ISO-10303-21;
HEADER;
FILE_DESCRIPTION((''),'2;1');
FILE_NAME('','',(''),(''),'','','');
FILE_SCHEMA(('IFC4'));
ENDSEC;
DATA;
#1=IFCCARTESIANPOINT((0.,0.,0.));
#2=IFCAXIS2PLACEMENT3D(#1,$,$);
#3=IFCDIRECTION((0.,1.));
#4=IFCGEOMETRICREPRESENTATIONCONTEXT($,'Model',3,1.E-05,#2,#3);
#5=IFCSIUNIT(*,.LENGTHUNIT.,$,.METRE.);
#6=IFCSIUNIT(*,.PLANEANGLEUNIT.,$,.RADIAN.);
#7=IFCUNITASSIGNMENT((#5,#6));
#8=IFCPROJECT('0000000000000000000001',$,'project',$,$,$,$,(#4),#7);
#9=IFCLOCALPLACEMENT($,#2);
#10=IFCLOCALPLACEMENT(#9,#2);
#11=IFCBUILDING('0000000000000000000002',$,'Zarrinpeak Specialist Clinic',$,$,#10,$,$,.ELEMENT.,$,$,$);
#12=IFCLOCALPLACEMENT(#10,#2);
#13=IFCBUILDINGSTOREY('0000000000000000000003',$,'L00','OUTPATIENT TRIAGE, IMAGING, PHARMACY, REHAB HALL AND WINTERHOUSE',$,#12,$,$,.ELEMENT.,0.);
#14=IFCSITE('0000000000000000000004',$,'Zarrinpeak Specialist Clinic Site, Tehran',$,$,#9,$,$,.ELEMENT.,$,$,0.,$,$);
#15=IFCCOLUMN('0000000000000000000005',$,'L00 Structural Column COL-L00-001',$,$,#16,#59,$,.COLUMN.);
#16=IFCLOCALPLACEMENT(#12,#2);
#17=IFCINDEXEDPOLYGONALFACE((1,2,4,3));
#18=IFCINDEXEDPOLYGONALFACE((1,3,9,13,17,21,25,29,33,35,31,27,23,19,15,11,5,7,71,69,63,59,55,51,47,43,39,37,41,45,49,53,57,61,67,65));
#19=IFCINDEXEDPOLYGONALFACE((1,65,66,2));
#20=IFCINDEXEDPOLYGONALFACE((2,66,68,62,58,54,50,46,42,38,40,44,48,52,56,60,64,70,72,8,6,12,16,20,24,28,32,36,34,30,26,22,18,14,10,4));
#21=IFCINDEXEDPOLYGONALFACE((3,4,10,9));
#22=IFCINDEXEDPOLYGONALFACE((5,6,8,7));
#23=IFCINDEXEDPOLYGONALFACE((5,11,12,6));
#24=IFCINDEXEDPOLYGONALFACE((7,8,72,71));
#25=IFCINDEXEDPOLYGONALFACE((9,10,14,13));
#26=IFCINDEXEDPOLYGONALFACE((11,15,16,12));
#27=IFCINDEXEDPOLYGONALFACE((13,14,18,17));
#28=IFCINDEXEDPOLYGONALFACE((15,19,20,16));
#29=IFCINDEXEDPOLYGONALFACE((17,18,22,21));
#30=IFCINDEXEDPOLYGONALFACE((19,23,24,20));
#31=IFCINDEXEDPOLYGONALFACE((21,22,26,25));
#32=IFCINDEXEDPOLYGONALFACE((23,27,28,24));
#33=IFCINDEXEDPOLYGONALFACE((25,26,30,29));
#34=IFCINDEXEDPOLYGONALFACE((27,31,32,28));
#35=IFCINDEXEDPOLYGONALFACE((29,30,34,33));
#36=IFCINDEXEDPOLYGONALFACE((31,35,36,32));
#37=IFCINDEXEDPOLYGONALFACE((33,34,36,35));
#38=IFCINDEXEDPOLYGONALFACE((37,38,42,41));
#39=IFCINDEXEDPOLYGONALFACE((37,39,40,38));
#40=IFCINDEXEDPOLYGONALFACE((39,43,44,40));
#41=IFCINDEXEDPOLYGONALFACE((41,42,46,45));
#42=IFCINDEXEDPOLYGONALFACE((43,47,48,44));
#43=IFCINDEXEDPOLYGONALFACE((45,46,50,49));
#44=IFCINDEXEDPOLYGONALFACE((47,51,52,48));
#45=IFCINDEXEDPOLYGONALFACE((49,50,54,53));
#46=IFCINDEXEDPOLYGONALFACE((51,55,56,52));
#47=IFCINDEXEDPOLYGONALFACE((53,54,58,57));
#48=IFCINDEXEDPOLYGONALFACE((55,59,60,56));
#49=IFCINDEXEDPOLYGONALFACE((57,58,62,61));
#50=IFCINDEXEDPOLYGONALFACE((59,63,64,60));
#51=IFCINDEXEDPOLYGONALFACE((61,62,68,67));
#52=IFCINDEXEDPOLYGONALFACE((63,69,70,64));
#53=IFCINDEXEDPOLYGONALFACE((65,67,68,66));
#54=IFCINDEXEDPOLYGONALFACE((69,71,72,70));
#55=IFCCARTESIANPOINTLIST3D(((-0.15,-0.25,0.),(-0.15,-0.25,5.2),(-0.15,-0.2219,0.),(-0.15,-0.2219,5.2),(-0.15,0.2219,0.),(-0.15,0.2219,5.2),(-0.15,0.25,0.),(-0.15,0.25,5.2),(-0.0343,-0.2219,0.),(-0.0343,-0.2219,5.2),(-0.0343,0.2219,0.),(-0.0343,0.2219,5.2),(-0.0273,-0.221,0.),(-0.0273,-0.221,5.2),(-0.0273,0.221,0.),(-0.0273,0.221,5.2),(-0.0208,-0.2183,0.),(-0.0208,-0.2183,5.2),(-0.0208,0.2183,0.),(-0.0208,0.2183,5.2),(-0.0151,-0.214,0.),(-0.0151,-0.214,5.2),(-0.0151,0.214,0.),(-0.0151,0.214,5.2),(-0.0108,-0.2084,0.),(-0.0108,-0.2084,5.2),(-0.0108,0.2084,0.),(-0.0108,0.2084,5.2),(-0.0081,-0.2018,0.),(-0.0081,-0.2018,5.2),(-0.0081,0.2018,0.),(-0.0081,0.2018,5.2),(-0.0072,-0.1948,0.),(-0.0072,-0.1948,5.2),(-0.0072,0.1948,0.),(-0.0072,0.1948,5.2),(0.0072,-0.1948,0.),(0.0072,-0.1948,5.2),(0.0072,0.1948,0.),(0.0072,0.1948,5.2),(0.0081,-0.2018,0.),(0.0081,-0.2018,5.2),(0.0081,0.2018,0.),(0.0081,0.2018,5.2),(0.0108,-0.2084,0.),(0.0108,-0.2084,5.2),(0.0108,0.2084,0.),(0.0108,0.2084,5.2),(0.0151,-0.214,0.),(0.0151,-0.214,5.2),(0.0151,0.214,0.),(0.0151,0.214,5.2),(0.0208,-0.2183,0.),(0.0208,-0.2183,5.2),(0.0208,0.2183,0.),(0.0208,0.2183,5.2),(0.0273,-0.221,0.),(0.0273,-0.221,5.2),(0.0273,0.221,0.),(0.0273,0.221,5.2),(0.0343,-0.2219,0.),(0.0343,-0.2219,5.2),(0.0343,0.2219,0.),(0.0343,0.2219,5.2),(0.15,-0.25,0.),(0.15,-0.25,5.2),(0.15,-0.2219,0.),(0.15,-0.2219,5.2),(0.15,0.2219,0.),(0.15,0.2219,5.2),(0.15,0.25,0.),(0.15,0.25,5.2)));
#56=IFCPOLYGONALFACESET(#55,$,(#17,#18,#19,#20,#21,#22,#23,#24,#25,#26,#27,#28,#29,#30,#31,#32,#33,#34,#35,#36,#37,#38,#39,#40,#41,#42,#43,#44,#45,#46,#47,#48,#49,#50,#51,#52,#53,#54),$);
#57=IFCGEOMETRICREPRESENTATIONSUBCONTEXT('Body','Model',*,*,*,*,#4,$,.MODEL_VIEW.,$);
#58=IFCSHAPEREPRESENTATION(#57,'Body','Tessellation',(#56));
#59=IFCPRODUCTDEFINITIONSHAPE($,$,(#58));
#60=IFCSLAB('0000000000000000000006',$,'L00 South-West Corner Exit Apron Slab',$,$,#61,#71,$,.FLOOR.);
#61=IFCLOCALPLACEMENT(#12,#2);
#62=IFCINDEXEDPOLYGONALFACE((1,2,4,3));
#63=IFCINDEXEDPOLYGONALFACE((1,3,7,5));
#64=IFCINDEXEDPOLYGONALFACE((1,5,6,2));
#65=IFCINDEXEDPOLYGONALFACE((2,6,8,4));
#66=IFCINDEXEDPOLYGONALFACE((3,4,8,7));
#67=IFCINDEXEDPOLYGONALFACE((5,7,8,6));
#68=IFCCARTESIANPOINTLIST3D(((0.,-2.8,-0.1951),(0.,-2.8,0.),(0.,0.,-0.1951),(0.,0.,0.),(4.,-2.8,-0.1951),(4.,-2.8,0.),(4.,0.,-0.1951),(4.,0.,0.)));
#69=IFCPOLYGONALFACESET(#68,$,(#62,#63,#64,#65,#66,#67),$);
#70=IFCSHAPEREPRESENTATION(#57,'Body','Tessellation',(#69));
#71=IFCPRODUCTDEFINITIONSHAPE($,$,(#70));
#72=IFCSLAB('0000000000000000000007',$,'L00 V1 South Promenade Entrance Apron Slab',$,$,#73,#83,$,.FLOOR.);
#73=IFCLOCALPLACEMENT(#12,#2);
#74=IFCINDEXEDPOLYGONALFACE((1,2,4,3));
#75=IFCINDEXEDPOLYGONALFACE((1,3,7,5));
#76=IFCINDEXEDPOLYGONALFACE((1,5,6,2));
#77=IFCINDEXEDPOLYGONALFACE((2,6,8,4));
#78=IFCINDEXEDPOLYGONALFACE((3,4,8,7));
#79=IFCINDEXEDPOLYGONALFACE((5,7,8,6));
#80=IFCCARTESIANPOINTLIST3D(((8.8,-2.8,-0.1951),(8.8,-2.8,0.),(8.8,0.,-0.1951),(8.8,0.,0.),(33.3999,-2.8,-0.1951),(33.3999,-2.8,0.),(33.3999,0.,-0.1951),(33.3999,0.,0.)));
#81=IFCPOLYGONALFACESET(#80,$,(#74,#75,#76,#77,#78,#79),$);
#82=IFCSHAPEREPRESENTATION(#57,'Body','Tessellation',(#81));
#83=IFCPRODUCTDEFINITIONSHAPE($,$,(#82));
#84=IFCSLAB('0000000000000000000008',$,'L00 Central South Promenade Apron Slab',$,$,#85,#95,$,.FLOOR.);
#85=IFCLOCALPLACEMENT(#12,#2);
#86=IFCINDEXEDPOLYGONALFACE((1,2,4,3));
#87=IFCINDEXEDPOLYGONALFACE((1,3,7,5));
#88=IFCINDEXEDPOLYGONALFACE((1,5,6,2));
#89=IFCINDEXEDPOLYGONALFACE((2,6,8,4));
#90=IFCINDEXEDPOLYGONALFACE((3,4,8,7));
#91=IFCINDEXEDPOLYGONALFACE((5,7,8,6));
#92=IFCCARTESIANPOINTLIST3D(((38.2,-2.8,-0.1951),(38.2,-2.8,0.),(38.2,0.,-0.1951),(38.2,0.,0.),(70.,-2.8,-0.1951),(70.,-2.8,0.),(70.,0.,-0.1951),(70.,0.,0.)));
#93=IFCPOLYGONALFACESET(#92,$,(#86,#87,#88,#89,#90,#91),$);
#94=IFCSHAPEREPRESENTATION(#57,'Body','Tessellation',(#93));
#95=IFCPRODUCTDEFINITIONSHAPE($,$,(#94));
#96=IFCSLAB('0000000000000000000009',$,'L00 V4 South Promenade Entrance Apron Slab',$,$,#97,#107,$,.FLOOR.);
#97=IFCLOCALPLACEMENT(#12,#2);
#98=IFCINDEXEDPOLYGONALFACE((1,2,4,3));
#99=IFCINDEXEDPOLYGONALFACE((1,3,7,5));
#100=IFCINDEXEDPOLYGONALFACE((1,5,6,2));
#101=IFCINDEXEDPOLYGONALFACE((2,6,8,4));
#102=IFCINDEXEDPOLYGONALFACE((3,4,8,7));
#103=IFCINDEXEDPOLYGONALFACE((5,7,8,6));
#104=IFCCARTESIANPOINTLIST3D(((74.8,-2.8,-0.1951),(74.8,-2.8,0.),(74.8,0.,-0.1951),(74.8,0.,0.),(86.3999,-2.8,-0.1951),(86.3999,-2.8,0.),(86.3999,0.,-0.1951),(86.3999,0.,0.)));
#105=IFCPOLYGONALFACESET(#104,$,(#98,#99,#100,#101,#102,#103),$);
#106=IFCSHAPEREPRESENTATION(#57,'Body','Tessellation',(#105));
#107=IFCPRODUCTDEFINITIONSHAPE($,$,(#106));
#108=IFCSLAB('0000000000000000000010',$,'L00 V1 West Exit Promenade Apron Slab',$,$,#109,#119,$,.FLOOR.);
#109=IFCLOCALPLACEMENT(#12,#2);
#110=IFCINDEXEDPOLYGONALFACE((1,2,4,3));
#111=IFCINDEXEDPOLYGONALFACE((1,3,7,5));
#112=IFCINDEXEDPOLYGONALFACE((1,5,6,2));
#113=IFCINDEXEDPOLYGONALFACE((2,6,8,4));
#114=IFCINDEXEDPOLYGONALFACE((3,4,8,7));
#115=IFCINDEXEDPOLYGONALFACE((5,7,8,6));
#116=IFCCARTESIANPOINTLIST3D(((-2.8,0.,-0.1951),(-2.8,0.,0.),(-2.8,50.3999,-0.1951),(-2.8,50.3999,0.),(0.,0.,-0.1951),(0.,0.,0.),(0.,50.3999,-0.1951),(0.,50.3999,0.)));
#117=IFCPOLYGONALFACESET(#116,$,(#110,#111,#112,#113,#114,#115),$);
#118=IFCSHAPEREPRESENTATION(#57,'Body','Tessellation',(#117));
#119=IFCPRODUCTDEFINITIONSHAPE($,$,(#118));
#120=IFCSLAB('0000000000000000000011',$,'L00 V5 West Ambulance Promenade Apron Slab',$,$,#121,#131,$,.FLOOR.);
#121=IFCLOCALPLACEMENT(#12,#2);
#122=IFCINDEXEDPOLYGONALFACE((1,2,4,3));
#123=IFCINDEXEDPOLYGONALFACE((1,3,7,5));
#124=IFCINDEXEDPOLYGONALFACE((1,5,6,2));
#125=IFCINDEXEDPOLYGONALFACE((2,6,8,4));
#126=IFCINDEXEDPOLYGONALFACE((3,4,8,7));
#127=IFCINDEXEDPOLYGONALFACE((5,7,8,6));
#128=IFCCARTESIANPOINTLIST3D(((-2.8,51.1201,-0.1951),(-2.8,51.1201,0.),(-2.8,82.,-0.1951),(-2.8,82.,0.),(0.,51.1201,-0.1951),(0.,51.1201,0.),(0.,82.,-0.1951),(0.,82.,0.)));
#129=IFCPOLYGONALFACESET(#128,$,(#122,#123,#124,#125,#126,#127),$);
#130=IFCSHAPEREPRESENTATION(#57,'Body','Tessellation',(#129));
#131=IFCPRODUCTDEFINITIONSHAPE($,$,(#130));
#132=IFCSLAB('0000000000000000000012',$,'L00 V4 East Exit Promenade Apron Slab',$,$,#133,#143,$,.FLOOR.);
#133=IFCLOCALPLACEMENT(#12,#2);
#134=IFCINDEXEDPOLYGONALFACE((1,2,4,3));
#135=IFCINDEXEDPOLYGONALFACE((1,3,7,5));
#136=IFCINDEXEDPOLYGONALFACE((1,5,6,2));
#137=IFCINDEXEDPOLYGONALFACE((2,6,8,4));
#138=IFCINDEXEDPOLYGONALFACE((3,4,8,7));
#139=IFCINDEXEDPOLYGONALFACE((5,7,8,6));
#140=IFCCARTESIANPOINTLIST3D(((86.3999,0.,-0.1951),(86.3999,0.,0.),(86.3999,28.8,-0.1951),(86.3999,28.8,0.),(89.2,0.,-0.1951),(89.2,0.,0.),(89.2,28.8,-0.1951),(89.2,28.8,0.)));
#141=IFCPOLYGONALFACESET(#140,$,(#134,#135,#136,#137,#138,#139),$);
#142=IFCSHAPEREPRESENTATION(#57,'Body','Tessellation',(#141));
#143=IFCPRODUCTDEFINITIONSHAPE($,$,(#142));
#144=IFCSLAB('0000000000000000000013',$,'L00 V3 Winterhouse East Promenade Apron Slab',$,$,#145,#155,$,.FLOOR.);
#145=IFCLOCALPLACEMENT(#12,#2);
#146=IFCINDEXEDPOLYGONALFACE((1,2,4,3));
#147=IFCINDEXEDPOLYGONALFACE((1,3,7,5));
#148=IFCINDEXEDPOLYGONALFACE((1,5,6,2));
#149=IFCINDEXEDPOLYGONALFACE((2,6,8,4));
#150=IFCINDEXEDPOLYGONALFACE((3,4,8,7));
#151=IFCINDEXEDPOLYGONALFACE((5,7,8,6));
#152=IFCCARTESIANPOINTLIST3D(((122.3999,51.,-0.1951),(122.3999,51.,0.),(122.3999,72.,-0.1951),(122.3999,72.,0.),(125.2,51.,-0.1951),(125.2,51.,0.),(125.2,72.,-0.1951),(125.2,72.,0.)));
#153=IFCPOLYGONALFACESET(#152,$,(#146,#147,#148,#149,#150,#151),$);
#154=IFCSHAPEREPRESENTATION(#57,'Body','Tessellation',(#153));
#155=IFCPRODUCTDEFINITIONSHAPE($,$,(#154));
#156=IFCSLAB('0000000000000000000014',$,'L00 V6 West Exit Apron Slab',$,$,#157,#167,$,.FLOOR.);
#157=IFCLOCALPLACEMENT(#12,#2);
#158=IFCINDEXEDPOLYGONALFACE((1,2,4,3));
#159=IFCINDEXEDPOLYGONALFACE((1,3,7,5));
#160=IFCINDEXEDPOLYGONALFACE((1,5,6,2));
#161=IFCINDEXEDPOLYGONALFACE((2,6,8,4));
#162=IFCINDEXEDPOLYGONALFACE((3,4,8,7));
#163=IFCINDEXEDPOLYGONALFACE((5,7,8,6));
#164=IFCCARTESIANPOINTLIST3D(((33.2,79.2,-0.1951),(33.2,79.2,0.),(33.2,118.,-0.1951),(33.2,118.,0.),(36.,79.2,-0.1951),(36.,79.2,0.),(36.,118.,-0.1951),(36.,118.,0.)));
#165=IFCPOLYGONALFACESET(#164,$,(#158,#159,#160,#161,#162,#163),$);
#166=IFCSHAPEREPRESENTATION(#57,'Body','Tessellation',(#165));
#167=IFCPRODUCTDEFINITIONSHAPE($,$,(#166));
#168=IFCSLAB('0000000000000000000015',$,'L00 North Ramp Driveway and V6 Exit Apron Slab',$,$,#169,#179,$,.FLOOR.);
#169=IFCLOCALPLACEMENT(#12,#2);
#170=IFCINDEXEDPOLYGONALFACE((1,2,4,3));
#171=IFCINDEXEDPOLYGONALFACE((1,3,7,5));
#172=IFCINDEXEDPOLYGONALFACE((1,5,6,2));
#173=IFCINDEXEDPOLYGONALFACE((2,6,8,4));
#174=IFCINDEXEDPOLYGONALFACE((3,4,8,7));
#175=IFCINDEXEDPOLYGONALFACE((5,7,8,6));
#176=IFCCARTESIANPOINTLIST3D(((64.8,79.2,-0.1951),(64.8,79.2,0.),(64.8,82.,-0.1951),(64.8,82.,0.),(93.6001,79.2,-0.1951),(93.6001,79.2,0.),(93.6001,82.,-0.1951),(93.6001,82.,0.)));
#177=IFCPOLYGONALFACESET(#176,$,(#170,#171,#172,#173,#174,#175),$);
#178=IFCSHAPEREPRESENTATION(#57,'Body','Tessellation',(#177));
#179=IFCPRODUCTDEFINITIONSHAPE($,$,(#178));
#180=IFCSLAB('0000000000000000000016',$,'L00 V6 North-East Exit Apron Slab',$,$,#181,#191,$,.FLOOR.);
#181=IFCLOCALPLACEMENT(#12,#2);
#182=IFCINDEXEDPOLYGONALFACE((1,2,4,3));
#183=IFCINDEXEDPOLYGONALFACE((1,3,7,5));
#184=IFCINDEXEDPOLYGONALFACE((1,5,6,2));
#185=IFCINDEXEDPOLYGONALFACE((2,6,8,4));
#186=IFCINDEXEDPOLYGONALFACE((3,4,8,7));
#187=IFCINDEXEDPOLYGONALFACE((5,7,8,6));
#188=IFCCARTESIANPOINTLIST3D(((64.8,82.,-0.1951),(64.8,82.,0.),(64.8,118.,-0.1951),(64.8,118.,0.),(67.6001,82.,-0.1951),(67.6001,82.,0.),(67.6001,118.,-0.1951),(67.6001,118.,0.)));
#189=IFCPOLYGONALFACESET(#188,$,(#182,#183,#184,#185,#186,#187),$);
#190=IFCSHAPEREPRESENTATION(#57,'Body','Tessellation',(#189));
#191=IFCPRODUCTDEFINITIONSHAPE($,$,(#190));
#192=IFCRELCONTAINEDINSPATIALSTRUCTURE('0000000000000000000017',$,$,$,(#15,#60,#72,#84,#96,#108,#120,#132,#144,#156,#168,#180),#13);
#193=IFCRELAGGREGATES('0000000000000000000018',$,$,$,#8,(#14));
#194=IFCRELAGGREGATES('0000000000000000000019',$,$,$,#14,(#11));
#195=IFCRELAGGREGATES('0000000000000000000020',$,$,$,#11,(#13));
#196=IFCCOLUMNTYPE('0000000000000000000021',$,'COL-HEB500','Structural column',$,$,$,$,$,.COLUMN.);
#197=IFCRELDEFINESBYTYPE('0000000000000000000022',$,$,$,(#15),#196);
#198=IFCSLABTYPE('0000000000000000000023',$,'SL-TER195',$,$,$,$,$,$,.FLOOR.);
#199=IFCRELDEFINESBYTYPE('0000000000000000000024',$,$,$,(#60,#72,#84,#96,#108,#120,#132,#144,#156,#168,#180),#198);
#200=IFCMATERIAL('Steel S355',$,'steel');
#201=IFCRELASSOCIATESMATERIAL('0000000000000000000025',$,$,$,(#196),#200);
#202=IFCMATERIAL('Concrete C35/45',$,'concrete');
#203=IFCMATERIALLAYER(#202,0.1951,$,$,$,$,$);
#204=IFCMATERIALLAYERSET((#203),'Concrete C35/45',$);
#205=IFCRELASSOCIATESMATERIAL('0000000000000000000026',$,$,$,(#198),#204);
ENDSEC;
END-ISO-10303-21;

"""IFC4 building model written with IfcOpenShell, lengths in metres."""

from ifc_helpers import new_model, si_unit, direction, frame, origin, origin_with_axes, origin_2d, place, context, subcontext, project, spatial, polyline, i_section, outline, extrude, material, layer, layer_set, material_profile, profile_set, type_object, element, save


model = new_model("IFC4")

# Units and contexts
model_context = context("Model", 3, precision=1e-05, world=origin(), true_north=direction((0.0, 1.0)))
body_context = subcontext(model_context, "Body", "Model", "MODEL_VIEW")
ifc_project = project(units=[si_unit("LENGTHUNIT", "METRE"), si_unit("PLANEANGLEUNIT", "RADIAN")], contexts=[model_context])

# Site, building, storey
site_placement = place(None, origin())
site = spatial("IfcSite", under=ifc_project, at=site_placement, Name="Zarrinpeak Specialist Clinic Site, Tehran", CompositionType="ELEMENT", RefElevation=0.0)
building_placement = place(site_placement, origin())
building = spatial("IfcBuilding", under=site, at=building_placement, Name="Zarrinpeak Specialist Clinic", CompositionType="ELEMENT")
storey_placement = place(building_placement, origin())
storey = spatial("IfcBuildingStorey", under=building, at=storey_placement, Name="L00", Description="OUTPATIENT TRIAGE, IMAGING, PHARMACY, REHAB HALL AND WINTERHOUSE", CompositionType="ELEMENT", Elevation=0.0)

# Column
ifc_material_1 = material(Name="Steel S355", Category="steel")
ifc_material_profile = material_profile(ifc_material_1, i_section(OverallWidth=0.3, OverallDepth=0.5, WebThickness=0.0144, FlangeThickness=0.0281, FilletRadius=0.0271, at=origin_2d()), Name="HEB 500")
ifc_profile_set = profile_set([ifc_material_profile], Name="Steel S355")
column_type = type_object("IfcColumnType", Name="COL-HEB500", Description="Structural column", PredefinedType="COLUMN", material=ifc_profile_set)
column_placement = place(storey_placement, origin_with_axes())
element("IfcColumn", 1, at=column_placement, inside=storey, type_object=column_type, Name="L00 Structural Column COL-L00-001", PredefinedType="COLUMN", context=body_context, shape_type="SweptSolid", body=[
    extrude(i_section(OverallWidth=0.3, OverallDepth=0.5, WebThickness=0.0144, FlangeThickness=0.0281, FilletRadius=0.0271, at=origin_2d()), origin(), (0.0, 0.0, 1.0), 5.2),
])

# Slabs
ifc_material_2 = material(Name="Concrete C35/45", Category="concrete")
ifc_layer_1 = layer(ifc_material_2, 0.1951)
ifc_layer_set_1 = layer_set([ifc_layer_1], Name="Concrete C35/45")
slab_type_1 = type_object("IfcSlabType", Name="SL-TER195", PredefinedType="FLOOR", material=ifc_layer_set_1)
slab_1_placement = place(storey_placement, frame((0.0, 0.0, -0.1951)))
element("IfcSlab", 2, at=slab_1_placement, inside=storey, type_object=slab_type_1, Name="L00 South-West Corner Exit Apron Slab", PredefinedType="FLOOR", context=body_context, shape_type="SweptSolid", body=[
    extrude(outline(polyline([(0.0, -2.8), (4.0, -2.8), (4.0, 0.0), (0.0, 0.0), (0.0, -2.8)])), origin(), (0.0, 0.0, 1.0), 0.1951),
])
slab_2_placement = place(storey_placement, frame((0.0, 0.0, -0.1951)))
element("IfcSlab", 3, at=slab_2_placement, inside=storey, type_object=slab_type_1, Name="L00 V1 South Promenade Entrance Apron Slab", PredefinedType="FLOOR", context=body_context, shape_type="SweptSolid", body=[
    extrude(outline(polyline([(8.8, -2.8), (33.3999, -2.8), (33.3999, 0.0), (8.8, 0.0), (8.8, -2.8)])), origin(), (0.0, 0.0, 1.0), 0.1951),
])
slab_3_placement = place(storey_placement, frame((0.0, 0.0, -0.1951)))
element("IfcSlab", 4, at=slab_3_placement, inside=storey, type_object=slab_type_1, Name="L00 Central South Promenade Apron Slab", PredefinedType="FLOOR", context=body_context, shape_type="SweptSolid", body=[
    extrude(outline(polyline([(38.2, -2.8), (70.0, -2.8), (70.0, 0.0), (38.2, 0.0), (38.2, -2.8)])), origin(), (0.0, 0.0, 1.0), 0.1951),
])
slab_4_placement = place(storey_placement, frame((0.0, 0.0, -0.1951)))
element("IfcSlab", 5, at=slab_4_placement, inside=storey, type_object=slab_type_1, Name="L00 V4 South Promenade Entrance Apron Slab", PredefinedType="FLOOR", context=body_context, shape_type="SweptSolid", body=[
    extrude(outline(polyline([(74.8, -2.8), (86.3999, -2.8), (86.3999, 0.0), (74.8, 0.0), (74.8, -2.8)])), origin(), (0.0, 0.0, 1.0), 0.1951),
])
slab_5_placement = place(storey_placement, frame((0.0, 0.0, -0.1951)))
element("IfcSlab", 6, at=slab_5_placement, inside=storey, type_object=slab_type_1, Name="L00 V1 West Exit Promenade Apron Slab", PredefinedType="FLOOR", context=body_context, shape_type="SweptSolid", body=[
    extrude(outline(polyline([(-2.8, 0.0), (0.0, 0.0), (0.0, 50.3999), (-2.8, 50.3999), (-2.8, 0.0)])), origin(), (0.0, 0.0, 1.0), 0.1951),
])
slab_6_placement = place(storey_placement, frame((0.0, 0.0, -0.1951)))
element("IfcSlab", 7, at=slab_6_placement, inside=storey, type_object=slab_type_1, Name="L00 V5 West Ambulance Promenade Apron Slab", PredefinedType="FLOOR", context=body_context, shape_type="SweptSolid", body=[
    extrude(outline(polyline([(-2.8, 51.1201), (0.0, 51.1201), (0.0, 82.0), (-2.8, 82.0), (-2.8, 51.1201)])), origin(), (0.0, 0.0, 1.0), 0.1951),
])
slab_7_placement = place(storey_placement, frame((0.0, 0.0, -0.1951)))
element("IfcSlab", 8, at=slab_7_placement, inside=storey, type_object=slab_type_1, Name="L00 V4 East Exit Promenade Apron Slab", PredefinedType="FLOOR", context=body_context, shape_type="SweptSolid", body=[
    extrude(outline(polyline([(86.3999, 0.0), (89.2, 0.0), (89.2, 28.8), (86.3999, 28.8), (86.3999, 0.0)])), origin(), (0.0, 0.0, 1.0), 0.1951),
])
slab_8_placement = place(storey_placement, frame((0.0, 0.0, -0.1951)))
element("IfcSlab", 9, at=slab_8_placement, inside=storey, type_object=slab_type_1, Name="L00 V3 Winterhouse East Promenade Apron Slab", PredefinedType="FLOOR", context=body_context, shape_type="SweptSolid", body=[
    extrude(outline(polyline([(122.3999, 51.0), (125.2, 51.0), (125.2, 72.0), (122.3999, 72.0), (122.3999, 51.0)])), origin(), (0.0, 0.0, 1.0), 0.1951),
])
slab_9_placement = place(storey_placement, frame((0.0, 0.0, -0.1951)))
element("IfcSlab", 10, at=slab_9_placement, inside=storey, type_object=slab_type_1, Name="L00 V6 West Exit Apron Slab", PredefinedType="FLOOR", context=body_context, shape_type="SweptSolid", body=[
    extrude(outline(polyline([(33.2, 79.2), (36.0, 79.2), (36.0, 118.0), (33.2, 118.0), (33.2, 79.2)])), origin(), (0.0, 0.0, 1.0), 0.1951),
])
slab_10_placement = place(storey_placement, frame((0.0, 0.0, -0.1951)))
element("IfcSlab", 11, at=slab_10_placement, inside=storey, type_object=slab_type_1, Name="L00 North Ramp Driveway and V6 Exit Apron Slab", PredefinedType="FLOOR", context=body_context, shape_type="SweptSolid", body=[
    extrude(outline(polyline([(64.8, 79.2), (93.6001, 79.2), (93.6001, 82.0), (64.8, 82.0), (64.8, 79.2)])), origin(), (0.0, 0.0, 1.0), 0.1951),
])
slab_11_placement = place(storey_placement, frame((0.0, 0.0, -0.1951)))
element("IfcSlab", 12, at=slab_11_placement, inside=storey, type_object=slab_type_1, Name="L00 V6 North-East Exit Apron Slab", PredefinedType="FLOOR", context=body_context, shape_type="SweptSolid", body=[
    extrude(outline(polyline([(64.8, 82.0), (67.6001, 82.0), (67.6001, 118.0), (64.8, 118.0), (64.8, 82.0)])), origin(), (0.0, 0.0, 1.0), 0.1951),
])

save(model, "model.ifc")
